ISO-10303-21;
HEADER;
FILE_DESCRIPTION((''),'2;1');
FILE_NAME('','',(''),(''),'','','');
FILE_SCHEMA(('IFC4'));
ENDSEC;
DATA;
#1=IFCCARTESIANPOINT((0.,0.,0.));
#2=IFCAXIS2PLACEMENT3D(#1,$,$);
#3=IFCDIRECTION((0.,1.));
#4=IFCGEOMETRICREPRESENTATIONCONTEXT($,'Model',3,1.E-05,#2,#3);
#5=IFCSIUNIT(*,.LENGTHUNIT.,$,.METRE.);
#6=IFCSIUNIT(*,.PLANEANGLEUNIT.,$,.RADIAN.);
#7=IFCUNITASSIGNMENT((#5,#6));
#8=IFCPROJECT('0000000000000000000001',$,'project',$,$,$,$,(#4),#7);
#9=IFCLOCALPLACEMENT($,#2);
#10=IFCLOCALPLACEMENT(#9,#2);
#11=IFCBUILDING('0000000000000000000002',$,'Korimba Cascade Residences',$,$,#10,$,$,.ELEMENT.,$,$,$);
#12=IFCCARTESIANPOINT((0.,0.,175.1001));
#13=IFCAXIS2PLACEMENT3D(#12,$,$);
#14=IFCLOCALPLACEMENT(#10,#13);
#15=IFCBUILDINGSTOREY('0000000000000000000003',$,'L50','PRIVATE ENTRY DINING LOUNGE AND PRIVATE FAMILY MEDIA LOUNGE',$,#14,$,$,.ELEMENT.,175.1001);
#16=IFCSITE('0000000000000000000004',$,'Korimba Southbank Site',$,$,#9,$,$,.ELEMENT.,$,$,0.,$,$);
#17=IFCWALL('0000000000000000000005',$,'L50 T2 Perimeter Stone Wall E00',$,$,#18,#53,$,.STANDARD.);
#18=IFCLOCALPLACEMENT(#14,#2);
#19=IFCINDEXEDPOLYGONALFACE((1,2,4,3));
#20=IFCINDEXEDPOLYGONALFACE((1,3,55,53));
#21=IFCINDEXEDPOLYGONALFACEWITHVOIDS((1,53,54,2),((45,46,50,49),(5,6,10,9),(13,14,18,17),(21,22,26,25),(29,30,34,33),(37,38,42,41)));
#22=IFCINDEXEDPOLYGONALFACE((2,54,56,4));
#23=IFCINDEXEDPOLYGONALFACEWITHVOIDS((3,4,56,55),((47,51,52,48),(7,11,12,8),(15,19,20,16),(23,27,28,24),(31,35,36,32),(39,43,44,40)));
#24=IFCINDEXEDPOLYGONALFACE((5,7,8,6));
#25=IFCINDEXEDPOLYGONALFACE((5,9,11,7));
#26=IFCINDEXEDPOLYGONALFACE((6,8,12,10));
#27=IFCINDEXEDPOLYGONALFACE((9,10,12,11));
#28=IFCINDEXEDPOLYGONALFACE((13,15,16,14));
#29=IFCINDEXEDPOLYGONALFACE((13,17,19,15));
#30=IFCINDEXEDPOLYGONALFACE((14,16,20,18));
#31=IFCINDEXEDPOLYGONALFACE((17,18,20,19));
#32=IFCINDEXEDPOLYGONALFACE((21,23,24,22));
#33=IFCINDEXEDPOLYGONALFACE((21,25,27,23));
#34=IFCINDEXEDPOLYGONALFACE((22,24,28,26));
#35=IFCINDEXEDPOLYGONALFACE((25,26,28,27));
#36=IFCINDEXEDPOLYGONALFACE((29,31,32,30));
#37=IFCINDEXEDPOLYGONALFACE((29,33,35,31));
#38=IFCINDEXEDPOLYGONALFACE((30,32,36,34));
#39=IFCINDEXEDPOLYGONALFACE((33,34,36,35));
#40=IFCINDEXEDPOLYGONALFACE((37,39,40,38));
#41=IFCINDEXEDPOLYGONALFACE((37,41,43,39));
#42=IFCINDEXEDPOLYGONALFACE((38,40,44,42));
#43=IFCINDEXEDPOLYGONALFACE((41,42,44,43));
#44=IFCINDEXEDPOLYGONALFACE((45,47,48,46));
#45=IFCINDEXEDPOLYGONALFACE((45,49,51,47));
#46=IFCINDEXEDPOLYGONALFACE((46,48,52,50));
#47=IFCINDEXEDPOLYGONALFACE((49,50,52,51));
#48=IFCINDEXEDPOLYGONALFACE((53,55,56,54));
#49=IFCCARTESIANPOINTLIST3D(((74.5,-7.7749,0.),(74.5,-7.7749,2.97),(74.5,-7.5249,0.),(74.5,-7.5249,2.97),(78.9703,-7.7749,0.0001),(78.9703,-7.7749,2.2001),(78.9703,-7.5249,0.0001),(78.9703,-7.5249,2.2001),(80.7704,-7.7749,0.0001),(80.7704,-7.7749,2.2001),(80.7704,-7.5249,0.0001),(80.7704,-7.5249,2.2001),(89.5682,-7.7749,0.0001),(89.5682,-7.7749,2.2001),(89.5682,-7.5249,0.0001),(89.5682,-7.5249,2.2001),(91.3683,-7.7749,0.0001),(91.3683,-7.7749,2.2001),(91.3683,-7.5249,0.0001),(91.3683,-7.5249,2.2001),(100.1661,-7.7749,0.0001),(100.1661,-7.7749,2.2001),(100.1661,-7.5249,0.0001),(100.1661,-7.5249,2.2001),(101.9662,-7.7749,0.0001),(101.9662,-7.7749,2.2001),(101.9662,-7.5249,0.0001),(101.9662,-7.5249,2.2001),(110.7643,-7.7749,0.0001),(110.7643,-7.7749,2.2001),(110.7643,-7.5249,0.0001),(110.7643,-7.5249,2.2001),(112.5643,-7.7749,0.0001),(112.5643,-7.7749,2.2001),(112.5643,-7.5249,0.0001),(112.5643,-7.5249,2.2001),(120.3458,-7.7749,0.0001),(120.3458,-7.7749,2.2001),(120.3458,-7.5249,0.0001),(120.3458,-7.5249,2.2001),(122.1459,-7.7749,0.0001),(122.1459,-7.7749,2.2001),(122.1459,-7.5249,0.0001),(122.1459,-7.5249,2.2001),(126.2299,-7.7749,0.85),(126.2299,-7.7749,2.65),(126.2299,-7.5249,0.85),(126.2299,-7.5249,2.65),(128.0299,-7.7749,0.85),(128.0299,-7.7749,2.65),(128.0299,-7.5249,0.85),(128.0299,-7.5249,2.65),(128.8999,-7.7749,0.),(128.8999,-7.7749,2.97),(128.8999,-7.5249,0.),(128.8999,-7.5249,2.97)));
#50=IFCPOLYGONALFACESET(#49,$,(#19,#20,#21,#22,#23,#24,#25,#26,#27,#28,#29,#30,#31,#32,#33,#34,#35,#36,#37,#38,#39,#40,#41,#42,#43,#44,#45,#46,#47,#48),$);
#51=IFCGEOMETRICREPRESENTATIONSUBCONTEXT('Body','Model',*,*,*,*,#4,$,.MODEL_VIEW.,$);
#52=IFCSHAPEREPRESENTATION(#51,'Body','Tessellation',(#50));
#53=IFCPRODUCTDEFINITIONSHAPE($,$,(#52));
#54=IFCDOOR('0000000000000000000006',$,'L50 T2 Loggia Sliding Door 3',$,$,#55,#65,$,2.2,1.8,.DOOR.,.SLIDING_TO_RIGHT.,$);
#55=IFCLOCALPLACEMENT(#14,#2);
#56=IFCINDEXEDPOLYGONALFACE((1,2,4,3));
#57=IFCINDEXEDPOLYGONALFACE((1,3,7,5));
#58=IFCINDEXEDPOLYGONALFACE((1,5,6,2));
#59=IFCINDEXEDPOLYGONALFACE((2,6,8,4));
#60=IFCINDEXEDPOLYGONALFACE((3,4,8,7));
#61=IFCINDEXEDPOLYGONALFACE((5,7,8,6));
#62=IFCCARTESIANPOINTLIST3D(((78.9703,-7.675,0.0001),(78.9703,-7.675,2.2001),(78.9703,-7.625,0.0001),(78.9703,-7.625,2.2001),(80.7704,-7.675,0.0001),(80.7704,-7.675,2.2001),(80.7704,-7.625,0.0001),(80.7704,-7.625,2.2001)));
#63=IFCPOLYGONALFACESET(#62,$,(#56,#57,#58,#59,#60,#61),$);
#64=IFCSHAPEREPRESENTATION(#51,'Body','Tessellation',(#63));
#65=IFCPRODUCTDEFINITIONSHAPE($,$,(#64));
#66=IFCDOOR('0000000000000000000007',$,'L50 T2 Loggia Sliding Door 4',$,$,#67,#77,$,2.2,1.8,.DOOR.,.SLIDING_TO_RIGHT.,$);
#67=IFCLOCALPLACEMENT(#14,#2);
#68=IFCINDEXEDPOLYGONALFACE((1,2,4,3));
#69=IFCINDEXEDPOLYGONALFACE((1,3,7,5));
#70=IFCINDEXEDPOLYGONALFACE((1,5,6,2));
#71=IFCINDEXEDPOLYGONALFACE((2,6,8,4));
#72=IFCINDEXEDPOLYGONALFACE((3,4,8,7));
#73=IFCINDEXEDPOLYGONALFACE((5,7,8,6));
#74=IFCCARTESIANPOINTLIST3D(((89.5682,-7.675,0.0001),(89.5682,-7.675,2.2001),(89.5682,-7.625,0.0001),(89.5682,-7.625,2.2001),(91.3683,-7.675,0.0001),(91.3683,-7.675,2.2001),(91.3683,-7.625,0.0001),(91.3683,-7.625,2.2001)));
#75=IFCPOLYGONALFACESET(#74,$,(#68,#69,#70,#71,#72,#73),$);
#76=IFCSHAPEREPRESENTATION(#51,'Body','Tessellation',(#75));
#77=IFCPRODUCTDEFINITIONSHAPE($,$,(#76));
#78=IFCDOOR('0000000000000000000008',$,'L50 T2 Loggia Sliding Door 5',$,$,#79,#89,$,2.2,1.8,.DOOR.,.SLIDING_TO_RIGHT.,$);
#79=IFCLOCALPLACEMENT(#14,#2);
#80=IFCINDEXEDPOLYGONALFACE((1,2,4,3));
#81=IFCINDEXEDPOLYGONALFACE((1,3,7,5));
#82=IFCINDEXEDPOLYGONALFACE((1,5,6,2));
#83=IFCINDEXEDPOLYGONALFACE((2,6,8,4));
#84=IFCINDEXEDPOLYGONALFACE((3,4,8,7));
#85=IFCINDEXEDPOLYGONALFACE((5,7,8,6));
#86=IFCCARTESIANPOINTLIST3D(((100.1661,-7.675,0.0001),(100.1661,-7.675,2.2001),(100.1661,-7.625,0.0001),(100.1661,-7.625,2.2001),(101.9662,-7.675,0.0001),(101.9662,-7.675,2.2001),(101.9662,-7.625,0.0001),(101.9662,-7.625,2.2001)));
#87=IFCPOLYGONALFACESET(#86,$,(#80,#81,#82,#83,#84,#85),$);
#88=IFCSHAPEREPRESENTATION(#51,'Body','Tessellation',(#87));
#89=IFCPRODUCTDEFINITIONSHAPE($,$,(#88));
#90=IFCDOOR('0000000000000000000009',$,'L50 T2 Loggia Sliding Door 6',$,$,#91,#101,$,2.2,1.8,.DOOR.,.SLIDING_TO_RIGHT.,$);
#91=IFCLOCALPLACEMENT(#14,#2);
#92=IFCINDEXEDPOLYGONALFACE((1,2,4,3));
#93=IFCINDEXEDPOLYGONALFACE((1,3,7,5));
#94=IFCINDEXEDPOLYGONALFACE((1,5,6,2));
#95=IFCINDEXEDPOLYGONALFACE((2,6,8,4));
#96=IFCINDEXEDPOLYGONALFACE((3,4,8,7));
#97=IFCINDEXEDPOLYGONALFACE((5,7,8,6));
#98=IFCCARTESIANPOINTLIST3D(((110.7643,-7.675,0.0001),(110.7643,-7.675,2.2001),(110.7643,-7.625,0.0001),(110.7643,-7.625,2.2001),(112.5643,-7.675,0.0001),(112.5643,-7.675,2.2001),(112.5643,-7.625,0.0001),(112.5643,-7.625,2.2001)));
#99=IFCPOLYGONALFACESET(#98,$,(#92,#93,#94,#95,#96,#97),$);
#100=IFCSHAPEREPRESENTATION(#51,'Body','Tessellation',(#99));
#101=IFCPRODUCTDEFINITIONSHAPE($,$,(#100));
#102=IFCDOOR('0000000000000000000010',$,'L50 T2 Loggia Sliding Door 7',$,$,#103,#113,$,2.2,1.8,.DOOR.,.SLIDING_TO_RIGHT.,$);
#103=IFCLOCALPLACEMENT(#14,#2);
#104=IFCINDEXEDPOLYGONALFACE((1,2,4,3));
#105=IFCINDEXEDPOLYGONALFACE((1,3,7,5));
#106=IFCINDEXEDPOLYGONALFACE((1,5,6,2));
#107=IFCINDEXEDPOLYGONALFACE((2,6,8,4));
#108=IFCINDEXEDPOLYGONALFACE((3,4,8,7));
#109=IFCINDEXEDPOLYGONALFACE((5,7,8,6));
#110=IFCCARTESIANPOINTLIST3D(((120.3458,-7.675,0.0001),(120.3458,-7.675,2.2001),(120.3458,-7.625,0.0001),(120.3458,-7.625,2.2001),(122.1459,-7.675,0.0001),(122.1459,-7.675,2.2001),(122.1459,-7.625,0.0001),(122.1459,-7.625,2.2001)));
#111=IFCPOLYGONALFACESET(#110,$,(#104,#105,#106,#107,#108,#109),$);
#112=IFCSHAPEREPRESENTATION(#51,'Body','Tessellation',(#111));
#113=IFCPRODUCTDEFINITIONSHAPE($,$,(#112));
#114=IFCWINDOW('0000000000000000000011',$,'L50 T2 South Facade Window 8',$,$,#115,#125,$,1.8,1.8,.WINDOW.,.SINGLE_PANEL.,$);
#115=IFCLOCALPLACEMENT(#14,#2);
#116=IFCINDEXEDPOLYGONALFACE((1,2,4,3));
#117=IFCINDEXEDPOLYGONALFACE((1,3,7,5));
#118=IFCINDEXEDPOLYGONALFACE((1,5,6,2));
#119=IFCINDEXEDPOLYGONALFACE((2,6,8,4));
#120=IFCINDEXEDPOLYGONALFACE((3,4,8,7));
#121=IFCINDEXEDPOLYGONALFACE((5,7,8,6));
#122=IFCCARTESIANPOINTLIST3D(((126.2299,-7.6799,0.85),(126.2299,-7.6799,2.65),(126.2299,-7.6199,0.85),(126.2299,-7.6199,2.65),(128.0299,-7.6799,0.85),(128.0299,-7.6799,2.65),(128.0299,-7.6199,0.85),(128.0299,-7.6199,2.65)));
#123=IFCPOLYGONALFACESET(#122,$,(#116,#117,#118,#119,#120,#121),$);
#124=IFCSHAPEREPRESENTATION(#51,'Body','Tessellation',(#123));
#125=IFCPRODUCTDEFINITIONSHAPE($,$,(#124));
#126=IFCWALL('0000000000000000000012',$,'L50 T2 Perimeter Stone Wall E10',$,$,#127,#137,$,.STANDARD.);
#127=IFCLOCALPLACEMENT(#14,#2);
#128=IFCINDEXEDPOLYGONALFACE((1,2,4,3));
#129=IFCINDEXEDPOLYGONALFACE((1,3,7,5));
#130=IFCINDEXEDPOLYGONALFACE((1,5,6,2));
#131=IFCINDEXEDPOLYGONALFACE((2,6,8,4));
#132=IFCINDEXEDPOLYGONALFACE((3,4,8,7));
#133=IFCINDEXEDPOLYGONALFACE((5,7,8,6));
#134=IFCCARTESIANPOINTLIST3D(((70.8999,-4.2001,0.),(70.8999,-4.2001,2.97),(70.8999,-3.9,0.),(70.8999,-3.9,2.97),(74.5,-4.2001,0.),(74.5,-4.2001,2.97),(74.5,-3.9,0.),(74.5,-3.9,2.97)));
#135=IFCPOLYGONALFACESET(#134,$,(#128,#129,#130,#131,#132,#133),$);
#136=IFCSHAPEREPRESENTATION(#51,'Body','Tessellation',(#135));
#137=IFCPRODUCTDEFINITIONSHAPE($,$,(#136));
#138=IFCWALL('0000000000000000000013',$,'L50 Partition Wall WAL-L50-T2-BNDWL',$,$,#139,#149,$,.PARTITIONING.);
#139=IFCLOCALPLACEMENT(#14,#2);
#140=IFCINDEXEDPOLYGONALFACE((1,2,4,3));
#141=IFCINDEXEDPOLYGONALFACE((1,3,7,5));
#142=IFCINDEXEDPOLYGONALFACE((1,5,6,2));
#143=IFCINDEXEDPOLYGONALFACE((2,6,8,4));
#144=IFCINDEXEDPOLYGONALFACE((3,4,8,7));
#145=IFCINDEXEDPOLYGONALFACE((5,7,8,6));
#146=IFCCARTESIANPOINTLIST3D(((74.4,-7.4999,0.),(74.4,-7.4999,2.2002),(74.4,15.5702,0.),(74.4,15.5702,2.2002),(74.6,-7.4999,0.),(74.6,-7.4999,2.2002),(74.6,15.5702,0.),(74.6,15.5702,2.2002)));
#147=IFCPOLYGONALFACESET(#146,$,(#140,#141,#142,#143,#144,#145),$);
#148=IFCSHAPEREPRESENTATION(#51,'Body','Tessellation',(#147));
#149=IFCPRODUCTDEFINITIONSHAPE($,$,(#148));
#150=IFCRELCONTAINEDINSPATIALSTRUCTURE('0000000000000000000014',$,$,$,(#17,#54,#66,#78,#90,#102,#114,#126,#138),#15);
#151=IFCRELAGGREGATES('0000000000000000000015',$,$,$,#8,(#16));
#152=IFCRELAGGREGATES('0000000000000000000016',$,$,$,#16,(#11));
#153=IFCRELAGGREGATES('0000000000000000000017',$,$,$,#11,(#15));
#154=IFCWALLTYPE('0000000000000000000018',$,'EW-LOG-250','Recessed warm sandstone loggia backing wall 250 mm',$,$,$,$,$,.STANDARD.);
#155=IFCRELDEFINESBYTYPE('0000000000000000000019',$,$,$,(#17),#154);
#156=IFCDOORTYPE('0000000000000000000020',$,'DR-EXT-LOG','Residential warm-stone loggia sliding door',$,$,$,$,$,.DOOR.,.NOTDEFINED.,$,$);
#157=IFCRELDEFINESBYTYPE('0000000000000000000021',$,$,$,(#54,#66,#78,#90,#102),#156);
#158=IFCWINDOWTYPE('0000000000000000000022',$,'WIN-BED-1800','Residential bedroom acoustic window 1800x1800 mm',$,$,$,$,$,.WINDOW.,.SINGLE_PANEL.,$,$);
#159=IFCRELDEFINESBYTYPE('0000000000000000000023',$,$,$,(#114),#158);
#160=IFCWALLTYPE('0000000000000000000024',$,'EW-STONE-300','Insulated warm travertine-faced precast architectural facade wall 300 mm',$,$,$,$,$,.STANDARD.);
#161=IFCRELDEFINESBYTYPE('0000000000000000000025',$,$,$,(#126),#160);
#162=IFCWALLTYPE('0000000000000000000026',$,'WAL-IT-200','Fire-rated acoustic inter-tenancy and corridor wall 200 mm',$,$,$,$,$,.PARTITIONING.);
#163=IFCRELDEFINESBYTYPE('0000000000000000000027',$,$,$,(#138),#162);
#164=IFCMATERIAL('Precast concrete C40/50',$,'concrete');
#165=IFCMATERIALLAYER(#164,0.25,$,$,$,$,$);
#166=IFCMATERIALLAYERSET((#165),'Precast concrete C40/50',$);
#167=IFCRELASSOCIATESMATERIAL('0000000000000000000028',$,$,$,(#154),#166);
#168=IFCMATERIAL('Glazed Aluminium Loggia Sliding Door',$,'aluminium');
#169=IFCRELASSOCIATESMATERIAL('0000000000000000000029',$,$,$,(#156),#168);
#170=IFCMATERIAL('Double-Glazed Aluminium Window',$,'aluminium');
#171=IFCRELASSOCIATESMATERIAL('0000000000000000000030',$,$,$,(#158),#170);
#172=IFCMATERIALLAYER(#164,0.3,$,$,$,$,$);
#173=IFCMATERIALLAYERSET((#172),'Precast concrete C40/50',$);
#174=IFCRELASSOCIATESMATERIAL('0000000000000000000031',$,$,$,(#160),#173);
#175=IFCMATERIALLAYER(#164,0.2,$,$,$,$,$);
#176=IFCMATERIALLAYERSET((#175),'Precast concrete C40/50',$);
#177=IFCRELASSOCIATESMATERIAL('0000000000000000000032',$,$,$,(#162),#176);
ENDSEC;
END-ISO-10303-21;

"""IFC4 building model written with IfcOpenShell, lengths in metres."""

from ifc_helpers import new_model, si_unit, direction, frame, frame_2d, origin, place, context, subcontext, project, spatial, rectangle, extrude, material, layer, layer_set, type_object, element, fill, save


model = new_model("IFC4")

# Units and contexts
model_context = context("Model", 3, precision=1e-05, world=origin(), true_north=direction((0.0, 1.0)))
body_context = subcontext(model_context, "Body", "Model", "MODEL_VIEW")
ifc_project = project(units=[si_unit("LENGTHUNIT", "METRE"), si_unit("PLANEANGLEUNIT", "RADIAN")], contexts=[model_context])

# Site, building, storey
site_placement = place(None, origin())
site = spatial("IfcSite", under=ifc_project, at=site_placement, Name="Korimba Southbank Site", CompositionType="ELEMENT", RefElevation=0.0)
building_placement = place(site_placement, origin())
building = spatial("IfcBuilding", under=site, at=building_placement, Name="Korimba Cascade Residences", CompositionType="ELEMENT")
storey_placement = place(building_placement, frame((0.0, 0.0, 175.1001)))
storey = spatial("IfcBuildingStorey", under=building, at=storey_placement, Name="L50", Description="PRIVATE ENTRY DINING LOUNGE AND PRIVATE FAMILY MEDIA LOUNGE", CompositionType="ELEMENT", Elevation=175.1001)

# Wall, openings, doors, window
ifc_material_1 = material(Name="Precast concrete C40/50", Category="concrete")
ifc_layer_1 = layer(ifc_material_1, 0.25)
ifc_layer_set_1 = layer_set([ifc_layer_1], Name="Precast concrete C40/50")
wall_type_1 = type_object("IfcWallType", Name="EW-LOG-250", Description="Recessed warm sandstone loggia backing wall 250 mm", PredefinedType="STANDARD", material=ifc_layer_set_1)
wall_1_placement = place(storey_placement, frame((74.5, -7.6499, 0.0), z_axis=(0.0, 0.0, 1.0), x_axis=(1.0, 0.0, 0.0)))
wall_1 = element("IfcWall", 1, at=wall_1_placement, inside=storey, type_object=wall_type_1, Name="L50 T2 Perimeter Stone Wall E00", PredefinedType="STANDARD", context=body_context, shape_type="SweptSolid", body=[
    extrude(rectangle(XDim=54.3999, YDim=0.25, at=frame_2d((27.2, 0.0))), origin(), (0.0, 0.0, 1.0), 2.97),
])
opening_1_placement = place(wall_1_placement, frame((4.4705, 0.0, 0.0)))
opening_1 = element("IfcOpeningElement", 2, at=opening_1_placement, cuts=wall_1, PredefinedType="OPENING", context=body_context, shape_type="SweptSolid", body=[
    extrude(rectangle(XDim=1.8, YDim=2.2, at=frame_2d((0.8999, 1.1001))), frame((0.0, 0.135, 0.0), z_axis=(0.0, -1.0, 0.0), x_axis=(1.0, 0.0, 0.0)), (0.0, 0.0, 1.0), 0.27),
])
opening_2_placement = place(wall_1_placement, frame((15.0684, 0.0, 0.0)))
opening_2 = element("IfcOpeningElement", 3, at=opening_2_placement, cuts=wall_1, PredefinedType="OPENING", context=body_context, shape_type="SweptSolid", body=[
    extrude(rectangle(XDim=1.8, YDim=2.2, at=frame_2d((0.8999, 1.1001))), frame((0.0, 0.135, 0.0), z_axis=(0.0, -1.0, 0.0), x_axis=(1.0, 0.0, 0.0)), (0.0, 0.0, 1.0), 0.27),
])
opening_3_placement = place(wall_1_placement, frame((25.6663, 0.0, 0.0)))
opening_3 = element("IfcOpeningElement", 4, at=opening_3_placement, cuts=wall_1, PredefinedType="OPENING", context=body_context, shape_type="SweptSolid", body=[
    extrude(rectangle(XDim=1.8, YDim=2.2, at=frame_2d((0.8999, 1.1001))), frame((0.0, 0.135, 0.0), z_axis=(0.0, -1.0, 0.0), x_axis=(1.0, 0.0, 0.0)), (0.0, 0.0, 1.0), 0.27),
])
opening_4_placement = place(wall_1_placement, frame((36.2644, 0.0, 0.0)))
opening_4 = element("IfcOpeningElement", 5, at=opening_4_placement, cuts=wall_1, PredefinedType="OPENING", context=body_context, shape_type="SweptSolid", body=[
    extrude(rectangle(XDim=1.8, YDim=2.2, at=frame_2d((0.8999, 1.1001))), frame((0.0, 0.135, 0.0), z_axis=(0.0, -1.0, 0.0), x_axis=(1.0, 0.0, 0.0)), (0.0, 0.0, 1.0), 0.27),
])
opening_5_placement = place(wall_1_placement, frame((45.8459, 0.0, 0.0)))
opening_5 = element("IfcOpeningElement", 6, at=opening_5_placement, cuts=wall_1, PredefinedType="OPENING", context=body_context, shape_type="SweptSolid", body=[
    extrude(rectangle(XDim=1.8, YDim=2.2, at=frame_2d((0.8999, 1.1001))), frame((0.0, 0.135, 0.0), z_axis=(0.0, -1.0, 0.0), x_axis=(1.0, 0.0, 0.0)), (0.0, 0.0, 1.0), 0.27),
])
opening_6_placement = place(wall_1_placement, frame((51.73, 0.0, 0.8501)))
opening_6 = element("IfcOpeningElement", 7, at=opening_6_placement, cuts=wall_1, PredefinedType="OPENING", context=body_context, shape_type="SweptSolid", body=[
    extrude(rectangle(XDim=1.8, YDim=1.8, at=frame_2d((0.8999, 0.8999))), frame((0.0, 0.135, 0.0), z_axis=(0.0, -1.0, 0.0), x_axis=(1.0, 0.0, 0.0)), (0.0, 0.0, 1.0), 0.27),
])
ifc_material_2 = material(Name="Glazed Aluminium Loggia Sliding Door", Category="aluminium")
door_type = type_object("IfcDoorType", Name="DR-EXT-LOG", Description="Residential warm-stone loggia sliding door", OperationType="NOTDEFINED", PredefinedType="DOOR", material=ifc_material_2)
door_1_placement = place(opening_1_placement, origin())
door_1 = element("IfcDoor", 8, at=door_1_placement, inside=storey, type_object=door_type, Name="L50 T2 Loggia Sliding Door 3", OperationType="SLIDING_TO_RIGHT", OverallHeight=2.2, OverallWidth=1.8, PredefinedType="DOOR", context=body_context, shape_type="SweptSolid", body=[
    extrude(rectangle(XDim=1.8, YDim=2.2, at=frame_2d((0.8999, 1.1001))), frame((0.0, 0.0249, 0.0), z_axis=(0.0, -1.0, 0.0), x_axis=(1.0, 0.0, 0.0)), (0.0, 0.0, 1.0), 0.05),
])
fill(opening_1, door_1)
door_2_placement = place(opening_2_placement, origin())
door_2 = element("IfcDoor", 9, at=door_2_placement, inside=storey, type_object=door_type, Name="L50 T2 Loggia Sliding Door 4", OperationType="SLIDING_TO_RIGHT", OverallHeight=2.2, OverallWidth=1.8, PredefinedType="DOOR", context=body_context, shape_type="SweptSolid", body=[
    extrude(rectangle(XDim=1.8, YDim=2.2, at=frame_2d((0.8999, 1.1001))), frame((0.0, 0.0249, 0.0), z_axis=(0.0, -1.0, 0.0), x_axis=(1.0, 0.0, 0.0)), (0.0, 0.0, 1.0), 0.05),
])
fill(opening_2, door_2)
door_3_placement = place(opening_3_placement, origin())
door_3 = element("IfcDoor", 10, at=door_3_placement, inside=storey, type_object=door_type, Name="L50 T2 Loggia Sliding Door 5", OperationType="SLIDING_TO_RIGHT", OverallHeight=2.2, OverallWidth=1.8, PredefinedType="DOOR", context=body_context, shape_type="SweptSolid", body=[
    extrude(rectangle(XDim=1.8, YDim=2.2, at=frame_2d((0.8999, 1.1001))), frame((0.0, 0.0249, 0.0), z_axis=(0.0, -1.0, 0.0), x_axis=(1.0, 0.0, 0.0)), (0.0, 0.0, 1.0), 0.05),
])
fill(opening_3, door_3)
door_4_placement = place(opening_4_placement, origin())
door_4 = element("IfcDoor", 11, at=door_4_placement, inside=storey, type_object=door_type, Name="L50 T2 Loggia Sliding Door 6", OperationType="SLIDING_TO_RIGHT", OverallHeight=2.2, OverallWidth=1.8, PredefinedType="DOOR", context=body_context, shape_type="SweptSolid", body=[
    extrude(rectangle(XDim=1.8, YDim=2.2, at=frame_2d((0.8999, 1.1001))), frame((0.0, 0.0249, 0.0), z_axis=(0.0, -1.0, 0.0), x_axis=(1.0, 0.0, 0.0)), (0.0, 0.0, 1.0), 0.05),
])
fill(opening_4, door_4)
door_5_placement = place(opening_5_placement, origin())
door_5 = element("IfcDoor", 12, at=door_5_placement, inside=storey, type_object=door_type, Name="L50 T2 Loggia Sliding Door 7", OperationType="SLIDING_TO_RIGHT", OverallHeight=2.2, OverallWidth=1.8, PredefinedType="DOOR", context=body_context, shape_type="SweptSolid", body=[
    extrude(rectangle(XDim=1.8, YDim=2.2, at=frame_2d((0.8999, 1.1001))), frame((0.0, 0.0249, 0.0), z_axis=(0.0, -1.0, 0.0), x_axis=(1.0, 0.0, 0.0)), (0.0, 0.0, 1.0), 0.05),
])
fill(opening_5, door_5)
ifc_material_3 = material(Name="Double-Glazed Aluminium Window", Category="aluminium")
window_type = type_object("IfcWindowType", Name="WIN-BED-1800", Description="Residential bedroom acoustic window 1800x1800 mm", PartitioningType="SINGLE_PANEL", PredefinedType="WINDOW", material=ifc_material_3)
window_placement = place(opening_6_placement, origin())
window = element("IfcWindow", 13, at=window_placement, inside=storey, type_object=window_type, Name="L50 T2 South Facade Window 8", OverallHeight=1.8, OverallWidth=1.8, PartitioningType="SINGLE_PANEL", PredefinedType="WINDOW", context=body_context, shape_type="SweptSolid", body=[
    extrude(rectangle(XDim=1.8, YDim=1.8, at=frame_2d((0.8999, 0.8999))), frame((0.0, 0.03, 0.0), z_axis=(0.0, -1.0, 0.0), x_axis=(1.0, 0.0, 0.0)), (0.0, 0.0, 1.0), 0.0601),
])
fill(opening_6, window)

# Walls
ifc_layer_2 = layer(ifc_material_1, 0.3)
ifc_layer_set_2 = layer_set([ifc_layer_2], Name="Precast concrete C40/50")
wall_type_2 = type_object("IfcWallType", Name="EW-STONE-300", Description="Insulated warm travertine-faced precast architectural facade wall 300 mm", PredefinedType="STANDARD", material=ifc_layer_set_2)
wall_2_placement = place(storey_placement, frame((70.8999, -4.05, 0.0), z_axis=(0.0, 0.0, 1.0), x_axis=(1.0, 0.0, 0.0)))
element("IfcWall", 14, at=wall_2_placement, inside=storey, type_object=wall_type_2, Name="L50 T2 Perimeter Stone Wall E10", PredefinedType="STANDARD", context=body_context, shape_type="SweptSolid", body=[
    extrude(rectangle(XDim=3.6001, YDim=0.3, at=frame_2d((1.8, 0.0))), origin(), (0.0, 0.0, 1.0), 2.97),
])
ifc_layer_3 = layer(ifc_material_1, 0.2)
ifc_layer_set_3 = layer_set([ifc_layer_3], Name="Precast concrete C40/50")
wall_type_3 = type_object("IfcWallType", Name="WAL-IT-200", Description="Fire-rated acoustic inter-tenancy and corridor wall 200 mm", PredefinedType="PARTITIONING", material=ifc_layer_set_3)
wall_3_placement = place(storey_placement, frame((74.5, -7.5, 0.0), z_axis=(0.0, 0.0, 1.0), x_axis=(0.0, 1.0, 0.0)))
element("IfcWall", 15, at=wall_3_placement, inside=storey, type_object=wall_type_3, Name="L50 Partition Wall WAL-L50-T2-BNDWL", PredefinedType="PARTITIONING", context=body_context, shape_type="SweptSolid", body=[
    extrude(rectangle(XDim=23.0701, YDim=0.2, at=frame_2d((11.5352, 0.0))), origin(), (0.0, 0.0, 1.0), 2.2002),
])

save(model, "model.ifc")
